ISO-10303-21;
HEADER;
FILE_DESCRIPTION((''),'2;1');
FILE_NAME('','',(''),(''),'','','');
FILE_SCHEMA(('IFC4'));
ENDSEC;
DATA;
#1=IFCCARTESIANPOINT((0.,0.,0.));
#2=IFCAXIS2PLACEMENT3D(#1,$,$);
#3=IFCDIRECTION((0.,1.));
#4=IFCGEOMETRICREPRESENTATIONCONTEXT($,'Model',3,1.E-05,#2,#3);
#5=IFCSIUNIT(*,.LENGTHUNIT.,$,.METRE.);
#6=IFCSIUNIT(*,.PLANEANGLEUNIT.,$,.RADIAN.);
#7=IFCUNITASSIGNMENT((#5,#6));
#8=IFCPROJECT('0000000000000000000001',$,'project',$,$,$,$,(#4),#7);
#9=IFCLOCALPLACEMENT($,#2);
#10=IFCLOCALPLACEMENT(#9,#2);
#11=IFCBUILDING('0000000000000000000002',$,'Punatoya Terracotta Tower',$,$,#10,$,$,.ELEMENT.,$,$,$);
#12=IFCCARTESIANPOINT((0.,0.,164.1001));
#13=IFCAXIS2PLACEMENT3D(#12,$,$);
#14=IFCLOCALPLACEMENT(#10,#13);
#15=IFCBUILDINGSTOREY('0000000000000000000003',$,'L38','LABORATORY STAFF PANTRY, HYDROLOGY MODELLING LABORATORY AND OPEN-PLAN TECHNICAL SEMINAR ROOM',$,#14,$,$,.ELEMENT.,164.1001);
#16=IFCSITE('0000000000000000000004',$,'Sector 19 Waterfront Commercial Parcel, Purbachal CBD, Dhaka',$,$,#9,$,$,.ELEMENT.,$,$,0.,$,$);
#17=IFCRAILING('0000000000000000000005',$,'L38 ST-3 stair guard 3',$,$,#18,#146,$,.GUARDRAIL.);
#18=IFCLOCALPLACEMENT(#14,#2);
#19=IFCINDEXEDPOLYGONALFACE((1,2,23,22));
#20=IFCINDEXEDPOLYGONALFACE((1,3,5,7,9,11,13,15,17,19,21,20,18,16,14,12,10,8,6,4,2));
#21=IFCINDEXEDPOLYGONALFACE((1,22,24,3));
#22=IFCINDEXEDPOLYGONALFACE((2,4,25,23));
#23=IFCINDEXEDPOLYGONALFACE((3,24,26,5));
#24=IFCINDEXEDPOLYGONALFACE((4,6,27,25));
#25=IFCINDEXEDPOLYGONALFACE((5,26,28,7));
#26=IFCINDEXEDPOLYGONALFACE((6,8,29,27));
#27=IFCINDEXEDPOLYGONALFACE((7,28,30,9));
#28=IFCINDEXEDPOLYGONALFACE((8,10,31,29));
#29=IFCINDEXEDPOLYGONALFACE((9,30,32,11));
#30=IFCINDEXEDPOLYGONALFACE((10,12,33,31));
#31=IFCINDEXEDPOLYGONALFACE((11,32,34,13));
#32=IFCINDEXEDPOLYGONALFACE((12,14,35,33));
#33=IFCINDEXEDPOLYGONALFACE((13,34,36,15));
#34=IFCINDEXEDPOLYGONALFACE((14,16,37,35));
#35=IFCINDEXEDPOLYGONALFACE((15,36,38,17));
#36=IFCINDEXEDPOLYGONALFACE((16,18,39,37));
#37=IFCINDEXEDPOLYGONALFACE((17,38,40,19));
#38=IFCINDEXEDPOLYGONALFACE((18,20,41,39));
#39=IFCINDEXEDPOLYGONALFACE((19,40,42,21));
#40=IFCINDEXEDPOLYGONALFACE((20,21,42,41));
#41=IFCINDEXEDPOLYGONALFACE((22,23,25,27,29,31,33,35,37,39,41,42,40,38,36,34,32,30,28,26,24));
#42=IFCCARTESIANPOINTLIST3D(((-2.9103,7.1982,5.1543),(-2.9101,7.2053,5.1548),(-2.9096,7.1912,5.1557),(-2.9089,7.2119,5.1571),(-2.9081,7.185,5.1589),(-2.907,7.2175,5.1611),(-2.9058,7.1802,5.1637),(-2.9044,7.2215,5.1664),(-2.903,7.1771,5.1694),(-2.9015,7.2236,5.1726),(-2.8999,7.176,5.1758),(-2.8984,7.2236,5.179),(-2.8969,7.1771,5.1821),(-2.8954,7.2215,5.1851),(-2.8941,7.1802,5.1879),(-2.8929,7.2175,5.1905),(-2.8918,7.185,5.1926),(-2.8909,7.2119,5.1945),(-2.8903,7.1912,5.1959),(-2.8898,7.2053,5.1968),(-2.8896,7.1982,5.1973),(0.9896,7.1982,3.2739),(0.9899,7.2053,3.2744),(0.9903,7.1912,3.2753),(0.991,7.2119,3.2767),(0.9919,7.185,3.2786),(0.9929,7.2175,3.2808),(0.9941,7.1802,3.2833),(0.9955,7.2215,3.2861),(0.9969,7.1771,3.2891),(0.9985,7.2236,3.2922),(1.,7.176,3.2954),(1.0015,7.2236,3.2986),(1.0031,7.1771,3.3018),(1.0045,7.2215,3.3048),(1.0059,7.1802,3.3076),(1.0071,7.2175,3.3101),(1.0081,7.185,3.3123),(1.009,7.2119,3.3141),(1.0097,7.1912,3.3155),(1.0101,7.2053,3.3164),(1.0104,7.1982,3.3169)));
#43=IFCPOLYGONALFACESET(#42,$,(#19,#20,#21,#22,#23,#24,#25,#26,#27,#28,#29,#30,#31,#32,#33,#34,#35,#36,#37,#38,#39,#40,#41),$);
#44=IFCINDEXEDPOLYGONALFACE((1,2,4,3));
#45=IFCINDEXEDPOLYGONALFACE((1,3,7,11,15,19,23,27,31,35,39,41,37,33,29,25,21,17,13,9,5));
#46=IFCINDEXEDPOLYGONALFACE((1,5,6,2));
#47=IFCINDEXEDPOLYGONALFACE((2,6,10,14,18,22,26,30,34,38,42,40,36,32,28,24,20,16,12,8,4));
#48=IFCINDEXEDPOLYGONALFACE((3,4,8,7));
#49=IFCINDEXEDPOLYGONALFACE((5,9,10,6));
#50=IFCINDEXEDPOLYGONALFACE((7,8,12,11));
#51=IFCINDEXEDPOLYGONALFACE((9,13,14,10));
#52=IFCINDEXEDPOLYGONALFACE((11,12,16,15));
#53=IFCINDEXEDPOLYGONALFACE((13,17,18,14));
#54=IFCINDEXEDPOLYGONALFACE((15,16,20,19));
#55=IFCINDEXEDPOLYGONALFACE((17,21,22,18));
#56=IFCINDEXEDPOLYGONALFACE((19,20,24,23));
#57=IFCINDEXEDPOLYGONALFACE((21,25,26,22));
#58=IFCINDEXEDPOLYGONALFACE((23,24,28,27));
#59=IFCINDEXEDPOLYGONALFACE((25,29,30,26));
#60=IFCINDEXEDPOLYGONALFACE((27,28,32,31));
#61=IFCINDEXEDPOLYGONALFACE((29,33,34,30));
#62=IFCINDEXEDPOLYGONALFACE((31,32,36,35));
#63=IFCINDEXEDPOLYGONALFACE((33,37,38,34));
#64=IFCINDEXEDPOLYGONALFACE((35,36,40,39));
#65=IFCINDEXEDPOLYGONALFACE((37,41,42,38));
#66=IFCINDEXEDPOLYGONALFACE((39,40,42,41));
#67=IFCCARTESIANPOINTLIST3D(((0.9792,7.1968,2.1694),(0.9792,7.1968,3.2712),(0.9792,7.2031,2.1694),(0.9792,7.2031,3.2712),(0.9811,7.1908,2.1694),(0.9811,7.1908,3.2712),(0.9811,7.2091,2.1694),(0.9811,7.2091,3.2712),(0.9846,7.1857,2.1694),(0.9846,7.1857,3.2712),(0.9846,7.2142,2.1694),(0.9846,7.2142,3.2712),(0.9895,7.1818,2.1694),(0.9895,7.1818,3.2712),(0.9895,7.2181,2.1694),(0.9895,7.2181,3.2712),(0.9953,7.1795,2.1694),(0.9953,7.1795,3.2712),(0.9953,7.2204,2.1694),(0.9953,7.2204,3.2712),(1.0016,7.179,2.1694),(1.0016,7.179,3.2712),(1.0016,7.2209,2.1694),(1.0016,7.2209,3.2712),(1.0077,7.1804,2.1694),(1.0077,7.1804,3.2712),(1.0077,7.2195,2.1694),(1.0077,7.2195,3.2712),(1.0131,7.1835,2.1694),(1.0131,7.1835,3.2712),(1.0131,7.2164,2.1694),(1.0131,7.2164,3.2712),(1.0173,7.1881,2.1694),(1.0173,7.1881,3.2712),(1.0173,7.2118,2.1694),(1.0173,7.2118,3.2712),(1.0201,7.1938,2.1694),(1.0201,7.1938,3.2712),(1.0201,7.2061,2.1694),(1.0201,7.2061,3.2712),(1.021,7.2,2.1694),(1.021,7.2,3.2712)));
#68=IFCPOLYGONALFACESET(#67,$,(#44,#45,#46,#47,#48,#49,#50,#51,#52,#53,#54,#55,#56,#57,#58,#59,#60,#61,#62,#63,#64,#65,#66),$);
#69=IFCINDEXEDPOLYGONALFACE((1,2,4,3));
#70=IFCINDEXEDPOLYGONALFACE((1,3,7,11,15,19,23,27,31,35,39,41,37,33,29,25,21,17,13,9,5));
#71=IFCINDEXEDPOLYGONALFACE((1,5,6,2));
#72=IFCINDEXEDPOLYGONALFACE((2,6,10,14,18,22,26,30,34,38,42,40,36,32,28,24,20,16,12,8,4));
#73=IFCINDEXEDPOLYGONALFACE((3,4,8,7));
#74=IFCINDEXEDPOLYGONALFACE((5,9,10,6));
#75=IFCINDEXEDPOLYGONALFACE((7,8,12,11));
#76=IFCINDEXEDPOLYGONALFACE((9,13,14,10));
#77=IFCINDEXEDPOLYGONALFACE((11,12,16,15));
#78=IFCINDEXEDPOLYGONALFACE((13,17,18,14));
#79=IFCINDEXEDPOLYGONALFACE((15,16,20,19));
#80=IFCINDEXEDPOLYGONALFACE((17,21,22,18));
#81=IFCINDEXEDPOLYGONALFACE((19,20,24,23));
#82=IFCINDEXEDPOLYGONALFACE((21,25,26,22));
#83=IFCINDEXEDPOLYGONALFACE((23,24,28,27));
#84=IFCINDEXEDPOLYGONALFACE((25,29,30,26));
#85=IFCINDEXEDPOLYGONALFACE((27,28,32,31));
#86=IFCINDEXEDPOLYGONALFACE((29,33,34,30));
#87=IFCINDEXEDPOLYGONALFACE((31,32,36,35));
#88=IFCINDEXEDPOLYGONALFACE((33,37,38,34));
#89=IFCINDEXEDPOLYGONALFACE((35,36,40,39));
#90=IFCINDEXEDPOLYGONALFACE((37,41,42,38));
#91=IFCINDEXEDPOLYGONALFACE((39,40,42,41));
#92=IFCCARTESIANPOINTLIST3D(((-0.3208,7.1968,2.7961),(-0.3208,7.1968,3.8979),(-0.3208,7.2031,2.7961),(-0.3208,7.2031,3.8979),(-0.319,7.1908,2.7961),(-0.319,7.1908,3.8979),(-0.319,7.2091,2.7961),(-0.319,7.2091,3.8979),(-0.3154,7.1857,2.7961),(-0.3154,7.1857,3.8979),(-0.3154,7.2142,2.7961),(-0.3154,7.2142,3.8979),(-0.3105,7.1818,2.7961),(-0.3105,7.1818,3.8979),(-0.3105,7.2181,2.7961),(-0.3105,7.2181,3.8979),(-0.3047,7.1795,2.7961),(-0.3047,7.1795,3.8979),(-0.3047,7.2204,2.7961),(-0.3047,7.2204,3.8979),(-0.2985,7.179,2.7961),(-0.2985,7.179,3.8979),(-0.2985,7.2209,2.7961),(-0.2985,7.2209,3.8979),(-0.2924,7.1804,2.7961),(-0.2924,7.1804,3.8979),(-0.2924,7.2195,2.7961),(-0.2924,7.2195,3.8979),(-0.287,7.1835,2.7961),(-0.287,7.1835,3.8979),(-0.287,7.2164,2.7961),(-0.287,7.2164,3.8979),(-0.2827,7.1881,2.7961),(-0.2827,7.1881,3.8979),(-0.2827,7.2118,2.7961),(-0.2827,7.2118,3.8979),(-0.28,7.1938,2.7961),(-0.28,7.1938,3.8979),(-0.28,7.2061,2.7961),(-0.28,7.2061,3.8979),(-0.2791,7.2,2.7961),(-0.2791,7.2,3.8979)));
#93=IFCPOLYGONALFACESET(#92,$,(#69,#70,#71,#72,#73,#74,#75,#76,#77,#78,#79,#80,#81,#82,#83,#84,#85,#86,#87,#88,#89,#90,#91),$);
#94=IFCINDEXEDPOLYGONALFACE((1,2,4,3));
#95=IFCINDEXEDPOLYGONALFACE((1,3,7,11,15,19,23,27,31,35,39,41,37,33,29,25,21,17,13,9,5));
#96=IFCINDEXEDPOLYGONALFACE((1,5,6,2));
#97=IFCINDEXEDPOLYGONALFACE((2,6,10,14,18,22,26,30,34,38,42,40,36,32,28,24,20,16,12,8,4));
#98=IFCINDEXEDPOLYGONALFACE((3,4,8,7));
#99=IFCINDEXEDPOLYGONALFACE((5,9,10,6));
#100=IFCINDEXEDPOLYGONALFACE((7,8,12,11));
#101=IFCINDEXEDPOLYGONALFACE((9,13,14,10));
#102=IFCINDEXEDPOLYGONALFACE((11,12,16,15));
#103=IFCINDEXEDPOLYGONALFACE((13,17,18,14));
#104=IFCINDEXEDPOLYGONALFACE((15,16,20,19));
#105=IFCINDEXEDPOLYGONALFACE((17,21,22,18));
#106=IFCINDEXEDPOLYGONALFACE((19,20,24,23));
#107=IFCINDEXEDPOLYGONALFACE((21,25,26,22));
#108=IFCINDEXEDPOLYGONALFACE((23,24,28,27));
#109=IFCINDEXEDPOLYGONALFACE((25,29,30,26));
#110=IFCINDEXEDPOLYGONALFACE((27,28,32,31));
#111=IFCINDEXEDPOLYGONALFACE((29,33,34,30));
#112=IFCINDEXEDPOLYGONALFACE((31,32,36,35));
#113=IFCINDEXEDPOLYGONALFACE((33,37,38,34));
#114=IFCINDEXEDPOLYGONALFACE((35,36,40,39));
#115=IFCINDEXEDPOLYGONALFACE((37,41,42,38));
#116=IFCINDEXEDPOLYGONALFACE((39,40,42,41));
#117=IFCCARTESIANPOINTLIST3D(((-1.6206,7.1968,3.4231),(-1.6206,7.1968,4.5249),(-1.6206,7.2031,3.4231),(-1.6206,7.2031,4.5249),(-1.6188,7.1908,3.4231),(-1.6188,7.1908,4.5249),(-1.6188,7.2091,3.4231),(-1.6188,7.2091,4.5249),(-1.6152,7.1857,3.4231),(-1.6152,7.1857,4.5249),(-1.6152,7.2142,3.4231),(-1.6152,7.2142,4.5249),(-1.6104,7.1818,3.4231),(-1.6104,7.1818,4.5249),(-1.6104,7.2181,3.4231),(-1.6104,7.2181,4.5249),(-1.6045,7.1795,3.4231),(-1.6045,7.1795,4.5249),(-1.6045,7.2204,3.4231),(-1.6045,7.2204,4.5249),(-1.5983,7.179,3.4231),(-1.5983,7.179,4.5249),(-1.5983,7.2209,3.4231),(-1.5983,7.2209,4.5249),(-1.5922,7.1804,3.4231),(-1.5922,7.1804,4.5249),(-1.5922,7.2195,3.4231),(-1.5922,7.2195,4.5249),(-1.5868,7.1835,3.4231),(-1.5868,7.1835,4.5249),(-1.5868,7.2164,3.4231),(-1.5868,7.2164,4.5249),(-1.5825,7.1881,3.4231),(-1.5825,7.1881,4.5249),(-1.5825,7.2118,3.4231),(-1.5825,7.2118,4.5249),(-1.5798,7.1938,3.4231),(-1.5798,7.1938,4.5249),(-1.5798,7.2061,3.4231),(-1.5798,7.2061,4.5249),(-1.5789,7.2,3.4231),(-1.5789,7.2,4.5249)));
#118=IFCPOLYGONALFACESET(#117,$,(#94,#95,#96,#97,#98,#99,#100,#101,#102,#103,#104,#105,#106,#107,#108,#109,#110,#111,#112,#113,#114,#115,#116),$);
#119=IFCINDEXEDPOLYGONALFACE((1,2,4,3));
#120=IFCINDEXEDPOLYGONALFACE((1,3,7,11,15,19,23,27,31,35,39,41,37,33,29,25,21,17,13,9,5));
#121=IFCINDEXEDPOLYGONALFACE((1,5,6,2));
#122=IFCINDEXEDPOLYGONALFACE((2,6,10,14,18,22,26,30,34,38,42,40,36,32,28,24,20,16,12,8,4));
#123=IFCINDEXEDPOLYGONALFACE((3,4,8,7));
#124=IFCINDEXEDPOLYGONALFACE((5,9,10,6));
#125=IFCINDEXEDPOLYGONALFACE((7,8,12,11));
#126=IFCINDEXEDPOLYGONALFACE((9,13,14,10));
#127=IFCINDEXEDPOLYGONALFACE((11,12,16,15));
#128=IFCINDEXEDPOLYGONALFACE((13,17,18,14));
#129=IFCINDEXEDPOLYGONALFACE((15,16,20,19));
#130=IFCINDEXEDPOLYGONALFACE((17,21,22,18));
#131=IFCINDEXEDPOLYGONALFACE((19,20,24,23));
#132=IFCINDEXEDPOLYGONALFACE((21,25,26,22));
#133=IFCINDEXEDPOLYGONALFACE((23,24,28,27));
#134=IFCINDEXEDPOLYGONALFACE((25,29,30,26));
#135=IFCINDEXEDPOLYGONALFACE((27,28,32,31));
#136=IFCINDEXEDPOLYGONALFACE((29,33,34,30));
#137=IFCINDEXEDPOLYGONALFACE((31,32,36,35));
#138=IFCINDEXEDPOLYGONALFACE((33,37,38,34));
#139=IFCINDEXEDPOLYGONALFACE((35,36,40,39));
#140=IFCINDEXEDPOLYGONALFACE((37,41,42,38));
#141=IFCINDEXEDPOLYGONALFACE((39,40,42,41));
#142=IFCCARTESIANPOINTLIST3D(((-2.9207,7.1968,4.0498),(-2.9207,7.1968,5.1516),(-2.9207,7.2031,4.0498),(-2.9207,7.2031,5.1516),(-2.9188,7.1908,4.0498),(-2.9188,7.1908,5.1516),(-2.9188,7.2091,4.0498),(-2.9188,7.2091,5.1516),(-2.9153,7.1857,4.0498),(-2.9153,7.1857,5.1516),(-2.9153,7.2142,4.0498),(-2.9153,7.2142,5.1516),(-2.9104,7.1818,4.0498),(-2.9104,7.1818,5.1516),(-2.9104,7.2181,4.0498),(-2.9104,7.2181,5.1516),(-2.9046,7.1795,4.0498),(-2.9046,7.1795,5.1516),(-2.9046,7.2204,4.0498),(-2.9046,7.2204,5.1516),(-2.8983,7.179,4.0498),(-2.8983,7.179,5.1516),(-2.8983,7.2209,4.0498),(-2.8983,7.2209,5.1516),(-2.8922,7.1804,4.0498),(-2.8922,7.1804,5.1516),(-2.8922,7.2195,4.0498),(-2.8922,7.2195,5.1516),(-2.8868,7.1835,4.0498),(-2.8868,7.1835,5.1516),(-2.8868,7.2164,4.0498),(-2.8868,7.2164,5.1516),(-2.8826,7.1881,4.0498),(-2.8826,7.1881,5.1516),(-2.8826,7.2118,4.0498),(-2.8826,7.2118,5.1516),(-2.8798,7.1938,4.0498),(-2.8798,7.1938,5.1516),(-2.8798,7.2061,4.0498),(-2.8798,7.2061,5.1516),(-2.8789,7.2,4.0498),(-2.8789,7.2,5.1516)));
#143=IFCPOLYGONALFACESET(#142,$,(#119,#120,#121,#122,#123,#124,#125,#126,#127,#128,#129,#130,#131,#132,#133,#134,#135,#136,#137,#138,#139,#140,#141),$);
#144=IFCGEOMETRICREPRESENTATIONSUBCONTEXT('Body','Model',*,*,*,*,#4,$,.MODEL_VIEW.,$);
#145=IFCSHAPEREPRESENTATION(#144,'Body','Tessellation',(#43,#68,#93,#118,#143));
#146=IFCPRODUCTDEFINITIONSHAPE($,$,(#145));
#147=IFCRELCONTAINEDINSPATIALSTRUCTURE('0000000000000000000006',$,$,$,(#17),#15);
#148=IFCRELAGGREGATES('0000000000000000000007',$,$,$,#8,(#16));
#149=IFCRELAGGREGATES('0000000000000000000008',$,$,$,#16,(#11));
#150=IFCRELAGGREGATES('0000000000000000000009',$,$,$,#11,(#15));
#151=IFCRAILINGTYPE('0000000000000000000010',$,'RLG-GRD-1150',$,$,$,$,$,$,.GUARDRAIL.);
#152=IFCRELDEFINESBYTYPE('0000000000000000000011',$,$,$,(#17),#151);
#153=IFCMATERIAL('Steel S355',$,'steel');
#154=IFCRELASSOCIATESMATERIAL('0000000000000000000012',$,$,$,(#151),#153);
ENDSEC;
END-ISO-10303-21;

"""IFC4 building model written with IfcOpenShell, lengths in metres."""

from ifc_helpers import new_model, si_unit, direction, frame, origin, origin_2d, place, context, subcontext, project, spatial, circle, extrude, material, type_object, element, save


model = new_model("IFC4")

# Units and contexts
model_context = context("Model", 3, precision=1e-05, world=origin(), true_north=direction((0.0, 1.0)))
body_context = subcontext(model_context, "Body", "Model", "MODEL_VIEW")
ifc_project = project(units=[si_unit("LENGTHUNIT", "METRE"), si_unit("PLANEANGLEUNIT", "RADIAN")], contexts=[model_context])

# Site, building, storey
site_placement = place(None, origin())
site = spatial("IfcSite", under=ifc_project, at=site_placement, Name="Sector 19 Waterfront Commercial Parcel, Purbachal CBD, Dhaka", CompositionType="ELEMENT", RefElevation=0.0)
building_placement = place(site_placement, origin())
building = spatial("IfcBuilding", under=site, at=building_placement, Name="Punatoya Terracotta Tower", CompositionType="ELEMENT")
storey_placement = place(building_placement, frame((0.0, 0.0, 164.1001)))
storey = spatial("IfcBuildingStorey", under=building, at=storey_placement, Name="L38", Description="LABORATORY STAFF PANTRY, HYDROLOGY MODELLING LABORATORY AND OPEN-PLAN TECHNICAL SEMINAR ROOM", CompositionType="ELEMENT", Elevation=164.1001)

# Shared definitions
ifc_material_1 = material(Name="Steel S355", Category="steel")

# Railing
railing_type_1 = type_object("IfcRailingType", Name="RLG-GRD-1150", PredefinedType="GUARDRAIL", material=ifc_material_1)
railing_1_placement = place(storey_placement, frame((1.0, 7.2, 2.1694)))
element("IfcRailing", 1, at=railing_1_placement, inside=storey, type_object=railing_type_1, Name="L38 ST-3 stair guard 3", PredefinedType="GUARDRAIL", context=body_context, shape_type="SweptSolid", body=[
    extrude(circle(Radius=0.0239, at=origin_2d()), frame((0.0, 0.0, 1.126), z_axis=(-0.900763, 0.0, 0.434311), x_axis=(0.0, -1.0, 0.0)), (0.0, 0.0, 1.0), 4.3296),
    extrude(circle(Radius=0.021, at=origin_2d()), origin(), (0.0, 0.0, 1.0), 1.1018),
    extrude(circle(Radius=0.021, at=origin_2d()), frame((-1.3, 0.0, 0.6267)), (0.0, 0.0, 1.0), 1.1018),
    extrude(circle(Radius=0.021, at=origin_2d()), frame((-2.5999, 0.0, 1.2537)), (0.0, 0.0, 1.0), 1.1018),
    extrude(circle(Radius=0.021, at=origin_2d()), frame((-3.8999, 0.0, 1.8804)), (0.0, 0.0, 1.0), 1.1018),
])

save(model, "model.ifc")
